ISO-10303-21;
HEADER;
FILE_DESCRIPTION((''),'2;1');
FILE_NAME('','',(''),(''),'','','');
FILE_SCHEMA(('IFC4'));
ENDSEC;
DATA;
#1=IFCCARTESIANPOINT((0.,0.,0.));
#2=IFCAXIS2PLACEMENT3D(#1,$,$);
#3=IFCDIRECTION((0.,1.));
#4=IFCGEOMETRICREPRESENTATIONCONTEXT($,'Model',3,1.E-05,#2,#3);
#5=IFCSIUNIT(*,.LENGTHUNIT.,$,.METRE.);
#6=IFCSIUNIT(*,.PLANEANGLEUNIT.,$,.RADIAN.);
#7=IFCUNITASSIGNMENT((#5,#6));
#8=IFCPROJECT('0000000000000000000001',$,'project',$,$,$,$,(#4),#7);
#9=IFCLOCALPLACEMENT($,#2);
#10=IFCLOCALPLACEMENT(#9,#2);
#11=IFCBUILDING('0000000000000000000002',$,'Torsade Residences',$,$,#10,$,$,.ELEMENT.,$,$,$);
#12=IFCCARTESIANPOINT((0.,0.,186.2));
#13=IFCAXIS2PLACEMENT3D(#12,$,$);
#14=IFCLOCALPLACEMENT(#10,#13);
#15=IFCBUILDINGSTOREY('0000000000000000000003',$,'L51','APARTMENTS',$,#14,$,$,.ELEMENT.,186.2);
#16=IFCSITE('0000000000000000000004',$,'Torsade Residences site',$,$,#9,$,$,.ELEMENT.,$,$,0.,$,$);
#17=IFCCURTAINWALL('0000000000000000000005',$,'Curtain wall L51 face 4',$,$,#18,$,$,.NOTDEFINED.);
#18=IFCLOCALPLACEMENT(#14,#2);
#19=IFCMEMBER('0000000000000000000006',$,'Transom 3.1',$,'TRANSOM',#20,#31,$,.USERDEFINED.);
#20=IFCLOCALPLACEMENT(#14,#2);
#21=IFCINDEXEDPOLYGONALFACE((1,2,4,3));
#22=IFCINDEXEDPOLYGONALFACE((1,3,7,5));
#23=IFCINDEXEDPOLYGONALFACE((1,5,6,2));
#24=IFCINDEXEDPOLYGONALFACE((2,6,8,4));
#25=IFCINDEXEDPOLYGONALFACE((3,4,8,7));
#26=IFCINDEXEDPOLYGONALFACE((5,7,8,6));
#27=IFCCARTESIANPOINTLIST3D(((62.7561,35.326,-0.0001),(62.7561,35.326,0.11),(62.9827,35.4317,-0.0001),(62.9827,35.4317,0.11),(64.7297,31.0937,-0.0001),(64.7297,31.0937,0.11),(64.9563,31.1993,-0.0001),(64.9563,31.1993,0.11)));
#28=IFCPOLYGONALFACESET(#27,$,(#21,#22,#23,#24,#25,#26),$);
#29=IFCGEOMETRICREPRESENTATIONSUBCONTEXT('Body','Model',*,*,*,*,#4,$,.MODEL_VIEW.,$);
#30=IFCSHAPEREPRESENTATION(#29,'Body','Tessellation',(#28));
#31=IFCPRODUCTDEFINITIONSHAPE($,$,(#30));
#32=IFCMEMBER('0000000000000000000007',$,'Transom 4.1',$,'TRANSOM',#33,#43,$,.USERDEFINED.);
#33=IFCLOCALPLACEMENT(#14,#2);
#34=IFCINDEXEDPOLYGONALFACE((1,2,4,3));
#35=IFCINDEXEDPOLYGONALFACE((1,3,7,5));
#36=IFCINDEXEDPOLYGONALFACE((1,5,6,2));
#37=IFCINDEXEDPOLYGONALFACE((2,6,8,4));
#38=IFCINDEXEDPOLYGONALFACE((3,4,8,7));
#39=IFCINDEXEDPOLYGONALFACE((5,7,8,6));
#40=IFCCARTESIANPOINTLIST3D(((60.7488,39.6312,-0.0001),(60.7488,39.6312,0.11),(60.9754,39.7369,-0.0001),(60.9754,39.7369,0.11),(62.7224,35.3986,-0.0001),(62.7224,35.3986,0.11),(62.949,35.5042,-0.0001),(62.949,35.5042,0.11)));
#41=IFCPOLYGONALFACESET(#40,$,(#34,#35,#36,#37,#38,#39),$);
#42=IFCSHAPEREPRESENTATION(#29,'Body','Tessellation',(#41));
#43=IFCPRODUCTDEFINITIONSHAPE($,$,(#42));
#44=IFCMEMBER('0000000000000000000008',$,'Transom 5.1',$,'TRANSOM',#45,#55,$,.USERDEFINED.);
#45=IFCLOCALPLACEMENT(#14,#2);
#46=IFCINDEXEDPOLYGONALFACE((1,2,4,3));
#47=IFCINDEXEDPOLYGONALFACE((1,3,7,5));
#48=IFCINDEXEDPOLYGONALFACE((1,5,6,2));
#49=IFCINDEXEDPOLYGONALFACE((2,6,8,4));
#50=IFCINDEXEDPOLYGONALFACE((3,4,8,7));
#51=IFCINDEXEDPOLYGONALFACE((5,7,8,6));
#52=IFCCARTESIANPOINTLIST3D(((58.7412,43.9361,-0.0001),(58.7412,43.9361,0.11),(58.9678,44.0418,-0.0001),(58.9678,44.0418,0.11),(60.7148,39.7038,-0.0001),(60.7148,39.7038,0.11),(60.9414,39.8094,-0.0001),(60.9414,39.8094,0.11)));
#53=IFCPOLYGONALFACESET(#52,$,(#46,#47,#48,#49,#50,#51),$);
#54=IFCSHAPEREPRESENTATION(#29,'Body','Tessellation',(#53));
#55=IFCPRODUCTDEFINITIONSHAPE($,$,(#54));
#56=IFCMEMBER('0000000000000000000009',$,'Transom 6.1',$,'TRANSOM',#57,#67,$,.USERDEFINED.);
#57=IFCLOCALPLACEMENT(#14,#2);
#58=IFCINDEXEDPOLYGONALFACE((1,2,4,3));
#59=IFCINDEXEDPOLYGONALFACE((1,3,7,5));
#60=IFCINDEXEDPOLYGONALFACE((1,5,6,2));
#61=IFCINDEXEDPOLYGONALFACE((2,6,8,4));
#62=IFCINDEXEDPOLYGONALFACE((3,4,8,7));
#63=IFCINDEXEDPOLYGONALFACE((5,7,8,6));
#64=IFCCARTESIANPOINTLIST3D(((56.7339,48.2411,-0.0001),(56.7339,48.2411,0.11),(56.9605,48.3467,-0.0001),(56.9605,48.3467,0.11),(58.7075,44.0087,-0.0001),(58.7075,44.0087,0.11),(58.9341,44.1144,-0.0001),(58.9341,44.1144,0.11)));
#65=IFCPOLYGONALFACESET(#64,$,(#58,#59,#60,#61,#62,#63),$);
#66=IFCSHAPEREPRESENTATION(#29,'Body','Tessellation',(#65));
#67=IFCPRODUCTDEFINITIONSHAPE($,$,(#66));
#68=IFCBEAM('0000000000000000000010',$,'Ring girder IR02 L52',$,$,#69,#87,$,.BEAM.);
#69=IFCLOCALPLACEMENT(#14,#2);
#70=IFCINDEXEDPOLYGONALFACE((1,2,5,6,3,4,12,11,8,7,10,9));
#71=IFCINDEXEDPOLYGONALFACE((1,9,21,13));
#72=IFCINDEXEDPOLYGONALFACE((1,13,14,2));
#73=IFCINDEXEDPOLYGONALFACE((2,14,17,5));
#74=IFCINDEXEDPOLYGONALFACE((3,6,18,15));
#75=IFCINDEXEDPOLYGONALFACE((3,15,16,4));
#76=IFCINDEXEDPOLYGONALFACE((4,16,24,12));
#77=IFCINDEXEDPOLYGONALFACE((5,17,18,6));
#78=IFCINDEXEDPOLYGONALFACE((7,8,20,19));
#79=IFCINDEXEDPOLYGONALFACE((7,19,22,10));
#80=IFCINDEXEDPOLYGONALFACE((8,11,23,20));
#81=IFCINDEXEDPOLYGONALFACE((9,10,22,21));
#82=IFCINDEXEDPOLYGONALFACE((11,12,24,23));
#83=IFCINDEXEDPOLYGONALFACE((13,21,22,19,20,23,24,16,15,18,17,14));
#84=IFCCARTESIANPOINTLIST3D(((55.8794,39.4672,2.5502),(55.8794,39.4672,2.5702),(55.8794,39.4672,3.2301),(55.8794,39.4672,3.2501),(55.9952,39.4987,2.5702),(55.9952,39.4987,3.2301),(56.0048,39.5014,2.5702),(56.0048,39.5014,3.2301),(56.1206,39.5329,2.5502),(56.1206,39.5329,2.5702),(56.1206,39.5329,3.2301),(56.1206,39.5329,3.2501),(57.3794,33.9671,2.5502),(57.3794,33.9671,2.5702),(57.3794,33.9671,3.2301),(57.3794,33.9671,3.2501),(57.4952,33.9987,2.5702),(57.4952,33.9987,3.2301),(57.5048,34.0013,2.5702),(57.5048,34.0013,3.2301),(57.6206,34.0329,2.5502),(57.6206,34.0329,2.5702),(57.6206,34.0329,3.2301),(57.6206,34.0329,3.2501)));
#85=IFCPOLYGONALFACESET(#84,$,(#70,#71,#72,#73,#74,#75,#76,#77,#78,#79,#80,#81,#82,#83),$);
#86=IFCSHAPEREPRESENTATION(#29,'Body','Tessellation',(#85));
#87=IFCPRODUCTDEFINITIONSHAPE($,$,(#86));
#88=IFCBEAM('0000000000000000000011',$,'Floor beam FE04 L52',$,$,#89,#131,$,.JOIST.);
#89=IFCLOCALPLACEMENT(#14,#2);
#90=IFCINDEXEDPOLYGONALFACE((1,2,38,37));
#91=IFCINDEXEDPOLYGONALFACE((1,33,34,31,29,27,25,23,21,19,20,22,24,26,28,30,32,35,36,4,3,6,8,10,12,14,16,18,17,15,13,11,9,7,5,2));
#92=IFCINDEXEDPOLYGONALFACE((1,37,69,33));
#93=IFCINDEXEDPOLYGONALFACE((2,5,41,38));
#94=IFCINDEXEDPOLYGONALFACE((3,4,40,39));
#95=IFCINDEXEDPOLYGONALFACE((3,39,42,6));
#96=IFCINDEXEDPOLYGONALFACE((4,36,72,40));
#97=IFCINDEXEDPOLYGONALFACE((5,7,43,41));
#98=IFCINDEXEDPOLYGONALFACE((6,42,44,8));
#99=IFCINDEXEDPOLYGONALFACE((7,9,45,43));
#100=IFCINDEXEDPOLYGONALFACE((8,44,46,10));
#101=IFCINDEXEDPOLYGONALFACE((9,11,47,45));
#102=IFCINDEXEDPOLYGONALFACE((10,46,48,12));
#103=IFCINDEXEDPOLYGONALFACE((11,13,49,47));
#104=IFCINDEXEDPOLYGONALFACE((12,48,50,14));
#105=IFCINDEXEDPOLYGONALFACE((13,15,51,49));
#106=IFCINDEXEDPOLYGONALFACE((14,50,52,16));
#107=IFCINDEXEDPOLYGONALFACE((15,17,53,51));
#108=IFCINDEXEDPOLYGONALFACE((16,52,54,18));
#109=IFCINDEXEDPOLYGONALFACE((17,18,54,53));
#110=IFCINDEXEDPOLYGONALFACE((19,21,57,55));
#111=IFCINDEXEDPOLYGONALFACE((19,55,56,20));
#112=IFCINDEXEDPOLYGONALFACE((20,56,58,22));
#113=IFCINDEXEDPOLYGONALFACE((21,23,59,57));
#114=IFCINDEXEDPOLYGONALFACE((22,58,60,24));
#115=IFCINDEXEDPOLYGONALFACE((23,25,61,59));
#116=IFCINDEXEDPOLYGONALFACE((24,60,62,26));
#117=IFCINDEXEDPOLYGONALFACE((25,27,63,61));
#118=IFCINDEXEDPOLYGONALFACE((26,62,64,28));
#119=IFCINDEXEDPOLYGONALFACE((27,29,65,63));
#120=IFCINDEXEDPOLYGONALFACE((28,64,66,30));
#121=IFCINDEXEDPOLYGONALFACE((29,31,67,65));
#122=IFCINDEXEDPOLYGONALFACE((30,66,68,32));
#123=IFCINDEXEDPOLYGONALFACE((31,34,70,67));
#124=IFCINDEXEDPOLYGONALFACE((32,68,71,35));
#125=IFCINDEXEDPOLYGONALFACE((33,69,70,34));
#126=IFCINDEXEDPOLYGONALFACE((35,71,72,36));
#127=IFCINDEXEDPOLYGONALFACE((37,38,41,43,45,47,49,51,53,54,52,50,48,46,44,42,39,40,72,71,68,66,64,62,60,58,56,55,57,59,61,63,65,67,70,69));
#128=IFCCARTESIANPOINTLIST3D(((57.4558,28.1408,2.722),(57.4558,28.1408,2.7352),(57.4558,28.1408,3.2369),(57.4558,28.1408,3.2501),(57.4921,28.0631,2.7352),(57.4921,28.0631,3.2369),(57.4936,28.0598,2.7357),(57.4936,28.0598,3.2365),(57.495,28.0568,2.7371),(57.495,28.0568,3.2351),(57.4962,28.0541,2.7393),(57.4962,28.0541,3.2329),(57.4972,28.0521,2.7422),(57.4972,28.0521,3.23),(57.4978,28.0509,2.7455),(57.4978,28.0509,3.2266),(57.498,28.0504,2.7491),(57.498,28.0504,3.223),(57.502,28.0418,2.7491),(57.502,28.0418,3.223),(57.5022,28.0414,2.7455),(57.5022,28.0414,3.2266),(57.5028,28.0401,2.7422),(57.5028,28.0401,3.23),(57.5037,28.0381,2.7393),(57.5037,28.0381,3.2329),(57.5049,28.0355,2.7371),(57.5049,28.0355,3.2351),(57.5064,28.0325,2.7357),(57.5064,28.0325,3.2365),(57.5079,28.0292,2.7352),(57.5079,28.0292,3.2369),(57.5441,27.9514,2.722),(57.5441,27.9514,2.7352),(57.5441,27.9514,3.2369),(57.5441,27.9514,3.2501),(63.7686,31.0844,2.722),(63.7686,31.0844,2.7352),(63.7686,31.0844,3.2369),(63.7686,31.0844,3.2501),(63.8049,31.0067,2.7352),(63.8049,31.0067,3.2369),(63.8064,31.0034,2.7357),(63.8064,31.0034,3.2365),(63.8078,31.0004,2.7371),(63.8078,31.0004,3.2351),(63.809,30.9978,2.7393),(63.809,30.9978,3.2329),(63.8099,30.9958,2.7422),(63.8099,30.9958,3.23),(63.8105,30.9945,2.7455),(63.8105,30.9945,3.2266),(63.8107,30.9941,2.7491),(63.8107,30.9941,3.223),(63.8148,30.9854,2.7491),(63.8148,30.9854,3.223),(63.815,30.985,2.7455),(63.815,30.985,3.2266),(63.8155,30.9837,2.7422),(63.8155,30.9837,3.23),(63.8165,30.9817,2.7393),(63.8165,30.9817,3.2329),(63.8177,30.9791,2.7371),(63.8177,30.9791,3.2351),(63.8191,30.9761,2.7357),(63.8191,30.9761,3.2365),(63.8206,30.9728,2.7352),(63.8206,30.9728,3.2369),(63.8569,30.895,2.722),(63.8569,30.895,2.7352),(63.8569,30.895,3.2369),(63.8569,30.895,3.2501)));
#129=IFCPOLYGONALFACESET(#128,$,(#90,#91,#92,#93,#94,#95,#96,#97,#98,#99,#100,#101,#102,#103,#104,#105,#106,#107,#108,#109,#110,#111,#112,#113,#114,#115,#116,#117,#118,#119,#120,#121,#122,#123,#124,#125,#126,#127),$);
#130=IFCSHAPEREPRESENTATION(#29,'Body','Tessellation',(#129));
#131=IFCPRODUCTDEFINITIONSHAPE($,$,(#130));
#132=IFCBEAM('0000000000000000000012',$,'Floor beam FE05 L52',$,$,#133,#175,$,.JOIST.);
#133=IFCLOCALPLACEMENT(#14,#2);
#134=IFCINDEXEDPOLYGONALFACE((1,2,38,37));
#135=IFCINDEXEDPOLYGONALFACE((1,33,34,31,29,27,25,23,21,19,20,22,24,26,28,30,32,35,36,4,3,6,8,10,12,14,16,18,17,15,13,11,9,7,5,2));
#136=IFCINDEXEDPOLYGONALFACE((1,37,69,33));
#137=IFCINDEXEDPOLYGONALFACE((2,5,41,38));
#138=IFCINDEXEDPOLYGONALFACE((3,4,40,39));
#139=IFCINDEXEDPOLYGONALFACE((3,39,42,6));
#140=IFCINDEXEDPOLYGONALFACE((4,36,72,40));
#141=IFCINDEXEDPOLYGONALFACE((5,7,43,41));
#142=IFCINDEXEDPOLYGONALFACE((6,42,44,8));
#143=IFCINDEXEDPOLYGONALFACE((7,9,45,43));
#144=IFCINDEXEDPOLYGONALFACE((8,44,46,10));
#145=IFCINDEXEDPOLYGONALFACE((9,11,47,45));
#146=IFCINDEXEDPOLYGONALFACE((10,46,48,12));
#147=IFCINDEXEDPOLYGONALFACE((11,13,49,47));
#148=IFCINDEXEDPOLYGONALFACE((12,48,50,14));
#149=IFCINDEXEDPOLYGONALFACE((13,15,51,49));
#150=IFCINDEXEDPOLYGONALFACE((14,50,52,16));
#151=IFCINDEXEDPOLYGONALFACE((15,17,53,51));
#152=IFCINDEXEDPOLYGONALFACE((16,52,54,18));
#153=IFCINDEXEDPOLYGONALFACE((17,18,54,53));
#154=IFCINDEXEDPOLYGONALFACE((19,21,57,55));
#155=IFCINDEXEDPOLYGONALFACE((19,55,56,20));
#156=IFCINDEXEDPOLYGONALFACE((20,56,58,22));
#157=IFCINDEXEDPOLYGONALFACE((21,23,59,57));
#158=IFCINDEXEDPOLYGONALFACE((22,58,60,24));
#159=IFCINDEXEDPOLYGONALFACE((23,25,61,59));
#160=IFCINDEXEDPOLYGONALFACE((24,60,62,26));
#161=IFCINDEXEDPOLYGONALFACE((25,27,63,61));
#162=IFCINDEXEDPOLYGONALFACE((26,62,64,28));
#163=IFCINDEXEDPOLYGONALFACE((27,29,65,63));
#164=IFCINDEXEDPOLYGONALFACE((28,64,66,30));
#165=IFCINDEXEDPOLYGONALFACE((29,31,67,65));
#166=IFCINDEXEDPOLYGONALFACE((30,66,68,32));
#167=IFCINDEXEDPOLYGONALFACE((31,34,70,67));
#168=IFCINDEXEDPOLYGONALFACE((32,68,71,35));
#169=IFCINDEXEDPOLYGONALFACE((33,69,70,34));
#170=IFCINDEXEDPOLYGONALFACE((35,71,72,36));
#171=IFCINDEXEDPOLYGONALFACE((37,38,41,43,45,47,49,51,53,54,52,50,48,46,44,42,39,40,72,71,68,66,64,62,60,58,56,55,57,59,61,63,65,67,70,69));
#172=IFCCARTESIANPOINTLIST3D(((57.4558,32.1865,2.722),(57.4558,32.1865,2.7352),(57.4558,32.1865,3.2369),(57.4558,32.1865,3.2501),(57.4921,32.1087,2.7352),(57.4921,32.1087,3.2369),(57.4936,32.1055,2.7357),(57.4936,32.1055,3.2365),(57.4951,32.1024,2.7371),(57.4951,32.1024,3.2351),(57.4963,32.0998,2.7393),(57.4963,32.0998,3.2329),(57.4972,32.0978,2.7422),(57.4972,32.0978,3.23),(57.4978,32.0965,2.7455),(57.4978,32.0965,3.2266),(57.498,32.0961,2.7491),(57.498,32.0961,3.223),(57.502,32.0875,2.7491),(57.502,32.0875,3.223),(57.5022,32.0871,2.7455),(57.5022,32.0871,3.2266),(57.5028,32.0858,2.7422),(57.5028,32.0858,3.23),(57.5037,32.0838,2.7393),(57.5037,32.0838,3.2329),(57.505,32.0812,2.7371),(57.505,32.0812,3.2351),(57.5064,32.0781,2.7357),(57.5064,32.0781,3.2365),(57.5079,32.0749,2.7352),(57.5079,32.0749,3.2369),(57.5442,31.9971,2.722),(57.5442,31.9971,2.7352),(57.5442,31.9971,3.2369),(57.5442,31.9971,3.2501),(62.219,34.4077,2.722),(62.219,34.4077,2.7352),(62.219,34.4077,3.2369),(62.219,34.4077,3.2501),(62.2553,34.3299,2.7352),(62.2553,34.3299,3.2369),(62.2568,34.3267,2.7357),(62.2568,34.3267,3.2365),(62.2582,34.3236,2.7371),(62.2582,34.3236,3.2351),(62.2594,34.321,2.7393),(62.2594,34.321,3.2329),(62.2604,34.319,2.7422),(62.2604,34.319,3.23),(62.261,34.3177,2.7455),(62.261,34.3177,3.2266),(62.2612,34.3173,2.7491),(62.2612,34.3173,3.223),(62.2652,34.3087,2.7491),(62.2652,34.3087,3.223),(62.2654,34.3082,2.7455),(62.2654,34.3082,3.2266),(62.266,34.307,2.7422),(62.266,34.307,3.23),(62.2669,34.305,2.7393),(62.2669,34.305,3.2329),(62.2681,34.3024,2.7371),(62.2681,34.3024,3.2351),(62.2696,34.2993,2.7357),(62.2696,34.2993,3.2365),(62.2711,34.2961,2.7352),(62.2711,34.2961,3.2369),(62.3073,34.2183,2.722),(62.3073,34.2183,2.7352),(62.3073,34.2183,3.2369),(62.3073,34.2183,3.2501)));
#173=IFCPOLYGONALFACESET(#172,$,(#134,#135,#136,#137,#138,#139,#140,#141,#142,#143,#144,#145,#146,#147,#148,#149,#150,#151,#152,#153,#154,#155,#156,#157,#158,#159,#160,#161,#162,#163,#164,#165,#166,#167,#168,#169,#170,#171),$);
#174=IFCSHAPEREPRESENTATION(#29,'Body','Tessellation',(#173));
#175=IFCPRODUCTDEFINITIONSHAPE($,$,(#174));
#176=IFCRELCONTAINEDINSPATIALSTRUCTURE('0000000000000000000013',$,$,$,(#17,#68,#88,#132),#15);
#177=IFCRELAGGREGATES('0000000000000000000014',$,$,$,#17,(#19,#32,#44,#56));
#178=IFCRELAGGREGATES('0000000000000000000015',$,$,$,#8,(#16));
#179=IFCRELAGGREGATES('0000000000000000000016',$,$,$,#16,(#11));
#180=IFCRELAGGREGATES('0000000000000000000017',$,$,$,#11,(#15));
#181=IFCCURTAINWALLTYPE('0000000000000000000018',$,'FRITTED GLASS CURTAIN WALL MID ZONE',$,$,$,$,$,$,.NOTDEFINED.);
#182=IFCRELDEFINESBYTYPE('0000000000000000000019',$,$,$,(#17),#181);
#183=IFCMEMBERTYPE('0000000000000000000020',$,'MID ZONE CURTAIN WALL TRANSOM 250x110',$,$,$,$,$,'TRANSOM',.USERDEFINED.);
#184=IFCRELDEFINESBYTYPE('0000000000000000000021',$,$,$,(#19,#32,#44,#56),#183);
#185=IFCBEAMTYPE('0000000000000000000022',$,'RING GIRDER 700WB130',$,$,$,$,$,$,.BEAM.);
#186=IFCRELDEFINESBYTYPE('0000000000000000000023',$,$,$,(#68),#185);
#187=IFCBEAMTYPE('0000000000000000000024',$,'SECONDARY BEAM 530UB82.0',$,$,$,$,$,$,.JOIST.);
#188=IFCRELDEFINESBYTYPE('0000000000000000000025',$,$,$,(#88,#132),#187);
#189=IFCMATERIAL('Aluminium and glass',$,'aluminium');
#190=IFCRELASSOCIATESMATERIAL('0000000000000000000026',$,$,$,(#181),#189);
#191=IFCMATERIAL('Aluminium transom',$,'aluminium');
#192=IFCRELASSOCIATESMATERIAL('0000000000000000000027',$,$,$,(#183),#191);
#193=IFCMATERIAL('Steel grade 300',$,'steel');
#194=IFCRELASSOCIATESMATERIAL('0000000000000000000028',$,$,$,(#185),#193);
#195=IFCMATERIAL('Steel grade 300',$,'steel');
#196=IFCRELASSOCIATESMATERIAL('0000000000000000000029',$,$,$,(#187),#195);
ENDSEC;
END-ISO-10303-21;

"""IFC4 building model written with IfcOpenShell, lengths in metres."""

from ifc_helpers import new_model, si_unit, direction, frame, origin, origin_2d, place, context, subcontext, project, spatial, rectangle, i_section, extrude, material, material_profile, profile_set, type_object, element, aggregate, save


model = new_model("IFC4")

# Units and contexts
model_context = context("Model", 3, precision=1e-05, world=origin(), true_north=direction((0.0, 1.0)))
body_context = subcontext(model_context, "Body", "Model", "MODEL_VIEW")
ifc_project = project(units=[si_unit("LENGTHUNIT", "METRE"), si_unit("PLANEANGLEUNIT", "RADIAN")], contexts=[model_context])

# Site, building, storey
site_placement = place(None, origin())
site = spatial("IfcSite", under=ifc_project, at=site_placement, Name="Torsade Residences site", CompositionType="ELEMENT", RefElevation=0.0)
building_placement = place(site_placement, origin())
building = spatial("IfcBuilding", under=site, at=building_placement, Name="Torsade Residences", CompositionType="ELEMENT")
storey_placement = place(building_placement, frame((0.0, 0.0, 186.2)))
storey = spatial("IfcBuildingStorey", under=building, at=storey_placement, Name="L51", Description="APARTMENTS", CompositionType="ELEMENT", Elevation=186.2)

# Curtain wall, members
ifc_material_1 = material(Name="Aluminium and glass", Category="aluminium")
curtain_wall_type = type_object("IfcCurtainWallType", Name="FRITTED GLASS CURTAIN WALL MID ZONE", PredefinedType="NOTDEFINED", material=ifc_material_1)
curtain_wall_placement = place(storey_placement, origin())
curtain_wall = element("IfcCurtainWall", 1, at=curtain_wall_placement, inside=storey, type_object=curtain_wall_type, Name="Curtain wall L51 face 4", PredefinedType="NOTDEFINED")
ifc_material_2 = material(Name="Aluminium transom", Category="aluminium")
ifc_material_profile_1 = material_profile(ifc_material_2, rectangle(XDim=0.25, YDim=0.1101, at=origin_2d()), Name="MID ZONE CURTAIN WALL TRANSOM 250x110")
ifc_profile_set_1 = profile_set([ifc_material_profile_1], Name="Aluminium transom")
member_type_1 = type_object("IfcMemberType", Name="MID ZONE CURTAIN WALL TRANSOM 250x110", ElementType="TRANSOM", PredefinedType="USERDEFINED", material=ifc_profile_set_1)
member_1_placement = place(storey_placement, frame((64.843, 31.1465, 0.0549), z_axis=(-0.422622, 0.906306, 0.0), x_axis=(-0.906306, -0.422622, 0.0)))
member_1 = element("IfcMember", 2, at=member_1_placement, type_object=member_type_1, Name="Transom 3.1", ObjectType="TRANSOM", PredefinedType="USERDEFINED", context=body_context, shape_type="SweptSolid", body=[
    extrude(rectangle(XDim=0.25, YDim=0.1101, at=origin_2d()), origin(), (0.0, 0.0, 1.0), 4.6699),
])
member_2_placement = place(storey_placement, frame((62.8357, 35.4514, 0.0549), z_axis=(-0.422602, 0.906315, 0.0), x_axis=(-0.906315, -0.422602, 0.0)))
member_2 = element("IfcMember", 3, at=member_2_placement, type_object=member_type_1, Name="Transom 4.1", ObjectType="TRANSOM", PredefinedType="USERDEFINED", context=body_context, shape_type="SweptSolid", body=[
    extrude(rectangle(XDim=0.25, YDim=0.1101, at=origin_2d()), origin(), (0.0, 0.0, 1.0), 4.6702),
])
member_3_placement = place(storey_placement, frame((60.8281, 39.7566, 0.0549), z_axis=(-0.422622, 0.906306, 0.0), x_axis=(-0.906306, -0.422622, 0.0)))
member_3 = element("IfcMember", 4, at=member_3_placement, type_object=member_type_1, Name="Transom 5.1", ObjectType="TRANSOM", PredefinedType="USERDEFINED", context=body_context, shape_type="SweptSolid", body=[
    extrude(rectangle(XDim=0.25, YDim=0.1101, at=origin_2d()), origin(), (0.0, 0.0, 1.0), 4.6699),
])
member_4_placement = place(storey_placement, frame((58.8208, 44.0615, 0.0549), z_axis=(-0.422622, 0.906306, 0.0), x_axis=(-0.906306, -0.422622, 0.0)))
member_4 = element("IfcMember", 5, at=member_4_placement, type_object=member_type_1, Name="Transom 6.1", ObjectType="TRANSOM", PredefinedType="USERDEFINED", context=body_context, shape_type="SweptSolid", body=[
    extrude(rectangle(XDim=0.25, YDim=0.1101, at=origin_2d()), origin(), (0.0, 0.0, 1.0), 4.6699),
])

# Beams
ifc_material_3 = material(Name="Steel grade 300", Category="steel")
ifc_material_profile_2 = material_profile(ifc_material_3, i_section(OverallWidth=0.25, OverallDepth=0.7, WebThickness=0.01, FlangeThickness=0.02, at=origin_2d()), Name="700WB130")
ifc_profile_set_2 = profile_set([ifc_material_profile_2], Name="Steel grade 300")
beam_type_1 = type_object("IfcBeamType", Name="RING GIRDER 700WB130", PredefinedType="BEAM", material=ifc_profile_set_2)
beam_1_placement = place(storey_placement, frame((57.5, 34.0, 2.9001), z_axis=(-0.263117, 0.964764, 0.0), x_axis=(-0.964764, -0.263117, 0.0)))
element("IfcBeam", 6, at=beam_1_placement, inside=storey, type_object=beam_type_1, Name="Ring girder IR02 L52", PredefinedType="BEAM", context=body_context, shape_type="SweptSolid", body=[
    extrude(i_section(OverallWidth=0.25, OverallDepth=0.7, WebThickness=0.01, FlangeThickness=0.02, at=origin_2d()), origin(), (0.0, 0.0, 1.0), 5.7009),
])
ifc_material_4 = material(Name="Steel grade 300", Category="steel")
ifc_material_profile_3 = material_profile(ifc_material_4, i_section(OverallWidth=0.209, OverallDepth=0.5281, WebThickness=0.0095, FlangeThickness=0.0132, FilletRadius=0.0139, at=origin_2d()), Name="530UB82.0")
ifc_profile_set_3 = profile_set([ifc_material_profile_3], Name="Steel grade 300")
beam_type_2 = type_object("IfcBeamType", Name="SECONDARY BEAM 530UB82.0", PredefinedType="JOIST", material=ifc_profile_set_3)
beam_2_placement = place(storey_placement, frame((63.8127, 30.9897, 2.9861), z_axis=(-0.906312, -0.422609, 0.0), x_axis=(0.422609, -0.906312, 0.0)))
element("IfcBeam", 7, at=beam_2_placement, inside=storey, type_object=beam_type_2, Name="Floor beam FE04 L52", PredefinedType="JOIST", context=body_context, shape_type="SweptSolid", body=[
    extrude(i_section(OverallWidth=0.209, OverallDepth=0.5281, WebThickness=0.0095, FlangeThickness=0.0132, FilletRadius=0.0139, at=origin_2d()), origin(), (0.0, 0.0, 1.0), 6.9653),
])
beam_3_placement = place(storey_placement, frame((62.2632, 34.313, 2.9861), z_axis=(-0.906302, -0.422631, 0.0), x_axis=(0.422631, -0.906302, 0.0)))
element("IfcBeam", 8, at=beam_3_placement, inside=storey, type_object=beam_type_2, Name="Floor beam FE05 L52", PredefinedType="JOIST", context=body_context, shape_type="SweptSolid", body=[
    extrude(i_section(OverallWidth=0.209, OverallDepth=0.5281, WebThickness=0.0095, FlangeThickness=0.0132, FilletRadius=0.0139, at=origin_2d()), origin(), (0.0, 0.0, 1.0), 5.2556),
])

aggregate(curtain_wall, [member_1, member_2, member_3, member_4])

save(model, "model.ifc")
